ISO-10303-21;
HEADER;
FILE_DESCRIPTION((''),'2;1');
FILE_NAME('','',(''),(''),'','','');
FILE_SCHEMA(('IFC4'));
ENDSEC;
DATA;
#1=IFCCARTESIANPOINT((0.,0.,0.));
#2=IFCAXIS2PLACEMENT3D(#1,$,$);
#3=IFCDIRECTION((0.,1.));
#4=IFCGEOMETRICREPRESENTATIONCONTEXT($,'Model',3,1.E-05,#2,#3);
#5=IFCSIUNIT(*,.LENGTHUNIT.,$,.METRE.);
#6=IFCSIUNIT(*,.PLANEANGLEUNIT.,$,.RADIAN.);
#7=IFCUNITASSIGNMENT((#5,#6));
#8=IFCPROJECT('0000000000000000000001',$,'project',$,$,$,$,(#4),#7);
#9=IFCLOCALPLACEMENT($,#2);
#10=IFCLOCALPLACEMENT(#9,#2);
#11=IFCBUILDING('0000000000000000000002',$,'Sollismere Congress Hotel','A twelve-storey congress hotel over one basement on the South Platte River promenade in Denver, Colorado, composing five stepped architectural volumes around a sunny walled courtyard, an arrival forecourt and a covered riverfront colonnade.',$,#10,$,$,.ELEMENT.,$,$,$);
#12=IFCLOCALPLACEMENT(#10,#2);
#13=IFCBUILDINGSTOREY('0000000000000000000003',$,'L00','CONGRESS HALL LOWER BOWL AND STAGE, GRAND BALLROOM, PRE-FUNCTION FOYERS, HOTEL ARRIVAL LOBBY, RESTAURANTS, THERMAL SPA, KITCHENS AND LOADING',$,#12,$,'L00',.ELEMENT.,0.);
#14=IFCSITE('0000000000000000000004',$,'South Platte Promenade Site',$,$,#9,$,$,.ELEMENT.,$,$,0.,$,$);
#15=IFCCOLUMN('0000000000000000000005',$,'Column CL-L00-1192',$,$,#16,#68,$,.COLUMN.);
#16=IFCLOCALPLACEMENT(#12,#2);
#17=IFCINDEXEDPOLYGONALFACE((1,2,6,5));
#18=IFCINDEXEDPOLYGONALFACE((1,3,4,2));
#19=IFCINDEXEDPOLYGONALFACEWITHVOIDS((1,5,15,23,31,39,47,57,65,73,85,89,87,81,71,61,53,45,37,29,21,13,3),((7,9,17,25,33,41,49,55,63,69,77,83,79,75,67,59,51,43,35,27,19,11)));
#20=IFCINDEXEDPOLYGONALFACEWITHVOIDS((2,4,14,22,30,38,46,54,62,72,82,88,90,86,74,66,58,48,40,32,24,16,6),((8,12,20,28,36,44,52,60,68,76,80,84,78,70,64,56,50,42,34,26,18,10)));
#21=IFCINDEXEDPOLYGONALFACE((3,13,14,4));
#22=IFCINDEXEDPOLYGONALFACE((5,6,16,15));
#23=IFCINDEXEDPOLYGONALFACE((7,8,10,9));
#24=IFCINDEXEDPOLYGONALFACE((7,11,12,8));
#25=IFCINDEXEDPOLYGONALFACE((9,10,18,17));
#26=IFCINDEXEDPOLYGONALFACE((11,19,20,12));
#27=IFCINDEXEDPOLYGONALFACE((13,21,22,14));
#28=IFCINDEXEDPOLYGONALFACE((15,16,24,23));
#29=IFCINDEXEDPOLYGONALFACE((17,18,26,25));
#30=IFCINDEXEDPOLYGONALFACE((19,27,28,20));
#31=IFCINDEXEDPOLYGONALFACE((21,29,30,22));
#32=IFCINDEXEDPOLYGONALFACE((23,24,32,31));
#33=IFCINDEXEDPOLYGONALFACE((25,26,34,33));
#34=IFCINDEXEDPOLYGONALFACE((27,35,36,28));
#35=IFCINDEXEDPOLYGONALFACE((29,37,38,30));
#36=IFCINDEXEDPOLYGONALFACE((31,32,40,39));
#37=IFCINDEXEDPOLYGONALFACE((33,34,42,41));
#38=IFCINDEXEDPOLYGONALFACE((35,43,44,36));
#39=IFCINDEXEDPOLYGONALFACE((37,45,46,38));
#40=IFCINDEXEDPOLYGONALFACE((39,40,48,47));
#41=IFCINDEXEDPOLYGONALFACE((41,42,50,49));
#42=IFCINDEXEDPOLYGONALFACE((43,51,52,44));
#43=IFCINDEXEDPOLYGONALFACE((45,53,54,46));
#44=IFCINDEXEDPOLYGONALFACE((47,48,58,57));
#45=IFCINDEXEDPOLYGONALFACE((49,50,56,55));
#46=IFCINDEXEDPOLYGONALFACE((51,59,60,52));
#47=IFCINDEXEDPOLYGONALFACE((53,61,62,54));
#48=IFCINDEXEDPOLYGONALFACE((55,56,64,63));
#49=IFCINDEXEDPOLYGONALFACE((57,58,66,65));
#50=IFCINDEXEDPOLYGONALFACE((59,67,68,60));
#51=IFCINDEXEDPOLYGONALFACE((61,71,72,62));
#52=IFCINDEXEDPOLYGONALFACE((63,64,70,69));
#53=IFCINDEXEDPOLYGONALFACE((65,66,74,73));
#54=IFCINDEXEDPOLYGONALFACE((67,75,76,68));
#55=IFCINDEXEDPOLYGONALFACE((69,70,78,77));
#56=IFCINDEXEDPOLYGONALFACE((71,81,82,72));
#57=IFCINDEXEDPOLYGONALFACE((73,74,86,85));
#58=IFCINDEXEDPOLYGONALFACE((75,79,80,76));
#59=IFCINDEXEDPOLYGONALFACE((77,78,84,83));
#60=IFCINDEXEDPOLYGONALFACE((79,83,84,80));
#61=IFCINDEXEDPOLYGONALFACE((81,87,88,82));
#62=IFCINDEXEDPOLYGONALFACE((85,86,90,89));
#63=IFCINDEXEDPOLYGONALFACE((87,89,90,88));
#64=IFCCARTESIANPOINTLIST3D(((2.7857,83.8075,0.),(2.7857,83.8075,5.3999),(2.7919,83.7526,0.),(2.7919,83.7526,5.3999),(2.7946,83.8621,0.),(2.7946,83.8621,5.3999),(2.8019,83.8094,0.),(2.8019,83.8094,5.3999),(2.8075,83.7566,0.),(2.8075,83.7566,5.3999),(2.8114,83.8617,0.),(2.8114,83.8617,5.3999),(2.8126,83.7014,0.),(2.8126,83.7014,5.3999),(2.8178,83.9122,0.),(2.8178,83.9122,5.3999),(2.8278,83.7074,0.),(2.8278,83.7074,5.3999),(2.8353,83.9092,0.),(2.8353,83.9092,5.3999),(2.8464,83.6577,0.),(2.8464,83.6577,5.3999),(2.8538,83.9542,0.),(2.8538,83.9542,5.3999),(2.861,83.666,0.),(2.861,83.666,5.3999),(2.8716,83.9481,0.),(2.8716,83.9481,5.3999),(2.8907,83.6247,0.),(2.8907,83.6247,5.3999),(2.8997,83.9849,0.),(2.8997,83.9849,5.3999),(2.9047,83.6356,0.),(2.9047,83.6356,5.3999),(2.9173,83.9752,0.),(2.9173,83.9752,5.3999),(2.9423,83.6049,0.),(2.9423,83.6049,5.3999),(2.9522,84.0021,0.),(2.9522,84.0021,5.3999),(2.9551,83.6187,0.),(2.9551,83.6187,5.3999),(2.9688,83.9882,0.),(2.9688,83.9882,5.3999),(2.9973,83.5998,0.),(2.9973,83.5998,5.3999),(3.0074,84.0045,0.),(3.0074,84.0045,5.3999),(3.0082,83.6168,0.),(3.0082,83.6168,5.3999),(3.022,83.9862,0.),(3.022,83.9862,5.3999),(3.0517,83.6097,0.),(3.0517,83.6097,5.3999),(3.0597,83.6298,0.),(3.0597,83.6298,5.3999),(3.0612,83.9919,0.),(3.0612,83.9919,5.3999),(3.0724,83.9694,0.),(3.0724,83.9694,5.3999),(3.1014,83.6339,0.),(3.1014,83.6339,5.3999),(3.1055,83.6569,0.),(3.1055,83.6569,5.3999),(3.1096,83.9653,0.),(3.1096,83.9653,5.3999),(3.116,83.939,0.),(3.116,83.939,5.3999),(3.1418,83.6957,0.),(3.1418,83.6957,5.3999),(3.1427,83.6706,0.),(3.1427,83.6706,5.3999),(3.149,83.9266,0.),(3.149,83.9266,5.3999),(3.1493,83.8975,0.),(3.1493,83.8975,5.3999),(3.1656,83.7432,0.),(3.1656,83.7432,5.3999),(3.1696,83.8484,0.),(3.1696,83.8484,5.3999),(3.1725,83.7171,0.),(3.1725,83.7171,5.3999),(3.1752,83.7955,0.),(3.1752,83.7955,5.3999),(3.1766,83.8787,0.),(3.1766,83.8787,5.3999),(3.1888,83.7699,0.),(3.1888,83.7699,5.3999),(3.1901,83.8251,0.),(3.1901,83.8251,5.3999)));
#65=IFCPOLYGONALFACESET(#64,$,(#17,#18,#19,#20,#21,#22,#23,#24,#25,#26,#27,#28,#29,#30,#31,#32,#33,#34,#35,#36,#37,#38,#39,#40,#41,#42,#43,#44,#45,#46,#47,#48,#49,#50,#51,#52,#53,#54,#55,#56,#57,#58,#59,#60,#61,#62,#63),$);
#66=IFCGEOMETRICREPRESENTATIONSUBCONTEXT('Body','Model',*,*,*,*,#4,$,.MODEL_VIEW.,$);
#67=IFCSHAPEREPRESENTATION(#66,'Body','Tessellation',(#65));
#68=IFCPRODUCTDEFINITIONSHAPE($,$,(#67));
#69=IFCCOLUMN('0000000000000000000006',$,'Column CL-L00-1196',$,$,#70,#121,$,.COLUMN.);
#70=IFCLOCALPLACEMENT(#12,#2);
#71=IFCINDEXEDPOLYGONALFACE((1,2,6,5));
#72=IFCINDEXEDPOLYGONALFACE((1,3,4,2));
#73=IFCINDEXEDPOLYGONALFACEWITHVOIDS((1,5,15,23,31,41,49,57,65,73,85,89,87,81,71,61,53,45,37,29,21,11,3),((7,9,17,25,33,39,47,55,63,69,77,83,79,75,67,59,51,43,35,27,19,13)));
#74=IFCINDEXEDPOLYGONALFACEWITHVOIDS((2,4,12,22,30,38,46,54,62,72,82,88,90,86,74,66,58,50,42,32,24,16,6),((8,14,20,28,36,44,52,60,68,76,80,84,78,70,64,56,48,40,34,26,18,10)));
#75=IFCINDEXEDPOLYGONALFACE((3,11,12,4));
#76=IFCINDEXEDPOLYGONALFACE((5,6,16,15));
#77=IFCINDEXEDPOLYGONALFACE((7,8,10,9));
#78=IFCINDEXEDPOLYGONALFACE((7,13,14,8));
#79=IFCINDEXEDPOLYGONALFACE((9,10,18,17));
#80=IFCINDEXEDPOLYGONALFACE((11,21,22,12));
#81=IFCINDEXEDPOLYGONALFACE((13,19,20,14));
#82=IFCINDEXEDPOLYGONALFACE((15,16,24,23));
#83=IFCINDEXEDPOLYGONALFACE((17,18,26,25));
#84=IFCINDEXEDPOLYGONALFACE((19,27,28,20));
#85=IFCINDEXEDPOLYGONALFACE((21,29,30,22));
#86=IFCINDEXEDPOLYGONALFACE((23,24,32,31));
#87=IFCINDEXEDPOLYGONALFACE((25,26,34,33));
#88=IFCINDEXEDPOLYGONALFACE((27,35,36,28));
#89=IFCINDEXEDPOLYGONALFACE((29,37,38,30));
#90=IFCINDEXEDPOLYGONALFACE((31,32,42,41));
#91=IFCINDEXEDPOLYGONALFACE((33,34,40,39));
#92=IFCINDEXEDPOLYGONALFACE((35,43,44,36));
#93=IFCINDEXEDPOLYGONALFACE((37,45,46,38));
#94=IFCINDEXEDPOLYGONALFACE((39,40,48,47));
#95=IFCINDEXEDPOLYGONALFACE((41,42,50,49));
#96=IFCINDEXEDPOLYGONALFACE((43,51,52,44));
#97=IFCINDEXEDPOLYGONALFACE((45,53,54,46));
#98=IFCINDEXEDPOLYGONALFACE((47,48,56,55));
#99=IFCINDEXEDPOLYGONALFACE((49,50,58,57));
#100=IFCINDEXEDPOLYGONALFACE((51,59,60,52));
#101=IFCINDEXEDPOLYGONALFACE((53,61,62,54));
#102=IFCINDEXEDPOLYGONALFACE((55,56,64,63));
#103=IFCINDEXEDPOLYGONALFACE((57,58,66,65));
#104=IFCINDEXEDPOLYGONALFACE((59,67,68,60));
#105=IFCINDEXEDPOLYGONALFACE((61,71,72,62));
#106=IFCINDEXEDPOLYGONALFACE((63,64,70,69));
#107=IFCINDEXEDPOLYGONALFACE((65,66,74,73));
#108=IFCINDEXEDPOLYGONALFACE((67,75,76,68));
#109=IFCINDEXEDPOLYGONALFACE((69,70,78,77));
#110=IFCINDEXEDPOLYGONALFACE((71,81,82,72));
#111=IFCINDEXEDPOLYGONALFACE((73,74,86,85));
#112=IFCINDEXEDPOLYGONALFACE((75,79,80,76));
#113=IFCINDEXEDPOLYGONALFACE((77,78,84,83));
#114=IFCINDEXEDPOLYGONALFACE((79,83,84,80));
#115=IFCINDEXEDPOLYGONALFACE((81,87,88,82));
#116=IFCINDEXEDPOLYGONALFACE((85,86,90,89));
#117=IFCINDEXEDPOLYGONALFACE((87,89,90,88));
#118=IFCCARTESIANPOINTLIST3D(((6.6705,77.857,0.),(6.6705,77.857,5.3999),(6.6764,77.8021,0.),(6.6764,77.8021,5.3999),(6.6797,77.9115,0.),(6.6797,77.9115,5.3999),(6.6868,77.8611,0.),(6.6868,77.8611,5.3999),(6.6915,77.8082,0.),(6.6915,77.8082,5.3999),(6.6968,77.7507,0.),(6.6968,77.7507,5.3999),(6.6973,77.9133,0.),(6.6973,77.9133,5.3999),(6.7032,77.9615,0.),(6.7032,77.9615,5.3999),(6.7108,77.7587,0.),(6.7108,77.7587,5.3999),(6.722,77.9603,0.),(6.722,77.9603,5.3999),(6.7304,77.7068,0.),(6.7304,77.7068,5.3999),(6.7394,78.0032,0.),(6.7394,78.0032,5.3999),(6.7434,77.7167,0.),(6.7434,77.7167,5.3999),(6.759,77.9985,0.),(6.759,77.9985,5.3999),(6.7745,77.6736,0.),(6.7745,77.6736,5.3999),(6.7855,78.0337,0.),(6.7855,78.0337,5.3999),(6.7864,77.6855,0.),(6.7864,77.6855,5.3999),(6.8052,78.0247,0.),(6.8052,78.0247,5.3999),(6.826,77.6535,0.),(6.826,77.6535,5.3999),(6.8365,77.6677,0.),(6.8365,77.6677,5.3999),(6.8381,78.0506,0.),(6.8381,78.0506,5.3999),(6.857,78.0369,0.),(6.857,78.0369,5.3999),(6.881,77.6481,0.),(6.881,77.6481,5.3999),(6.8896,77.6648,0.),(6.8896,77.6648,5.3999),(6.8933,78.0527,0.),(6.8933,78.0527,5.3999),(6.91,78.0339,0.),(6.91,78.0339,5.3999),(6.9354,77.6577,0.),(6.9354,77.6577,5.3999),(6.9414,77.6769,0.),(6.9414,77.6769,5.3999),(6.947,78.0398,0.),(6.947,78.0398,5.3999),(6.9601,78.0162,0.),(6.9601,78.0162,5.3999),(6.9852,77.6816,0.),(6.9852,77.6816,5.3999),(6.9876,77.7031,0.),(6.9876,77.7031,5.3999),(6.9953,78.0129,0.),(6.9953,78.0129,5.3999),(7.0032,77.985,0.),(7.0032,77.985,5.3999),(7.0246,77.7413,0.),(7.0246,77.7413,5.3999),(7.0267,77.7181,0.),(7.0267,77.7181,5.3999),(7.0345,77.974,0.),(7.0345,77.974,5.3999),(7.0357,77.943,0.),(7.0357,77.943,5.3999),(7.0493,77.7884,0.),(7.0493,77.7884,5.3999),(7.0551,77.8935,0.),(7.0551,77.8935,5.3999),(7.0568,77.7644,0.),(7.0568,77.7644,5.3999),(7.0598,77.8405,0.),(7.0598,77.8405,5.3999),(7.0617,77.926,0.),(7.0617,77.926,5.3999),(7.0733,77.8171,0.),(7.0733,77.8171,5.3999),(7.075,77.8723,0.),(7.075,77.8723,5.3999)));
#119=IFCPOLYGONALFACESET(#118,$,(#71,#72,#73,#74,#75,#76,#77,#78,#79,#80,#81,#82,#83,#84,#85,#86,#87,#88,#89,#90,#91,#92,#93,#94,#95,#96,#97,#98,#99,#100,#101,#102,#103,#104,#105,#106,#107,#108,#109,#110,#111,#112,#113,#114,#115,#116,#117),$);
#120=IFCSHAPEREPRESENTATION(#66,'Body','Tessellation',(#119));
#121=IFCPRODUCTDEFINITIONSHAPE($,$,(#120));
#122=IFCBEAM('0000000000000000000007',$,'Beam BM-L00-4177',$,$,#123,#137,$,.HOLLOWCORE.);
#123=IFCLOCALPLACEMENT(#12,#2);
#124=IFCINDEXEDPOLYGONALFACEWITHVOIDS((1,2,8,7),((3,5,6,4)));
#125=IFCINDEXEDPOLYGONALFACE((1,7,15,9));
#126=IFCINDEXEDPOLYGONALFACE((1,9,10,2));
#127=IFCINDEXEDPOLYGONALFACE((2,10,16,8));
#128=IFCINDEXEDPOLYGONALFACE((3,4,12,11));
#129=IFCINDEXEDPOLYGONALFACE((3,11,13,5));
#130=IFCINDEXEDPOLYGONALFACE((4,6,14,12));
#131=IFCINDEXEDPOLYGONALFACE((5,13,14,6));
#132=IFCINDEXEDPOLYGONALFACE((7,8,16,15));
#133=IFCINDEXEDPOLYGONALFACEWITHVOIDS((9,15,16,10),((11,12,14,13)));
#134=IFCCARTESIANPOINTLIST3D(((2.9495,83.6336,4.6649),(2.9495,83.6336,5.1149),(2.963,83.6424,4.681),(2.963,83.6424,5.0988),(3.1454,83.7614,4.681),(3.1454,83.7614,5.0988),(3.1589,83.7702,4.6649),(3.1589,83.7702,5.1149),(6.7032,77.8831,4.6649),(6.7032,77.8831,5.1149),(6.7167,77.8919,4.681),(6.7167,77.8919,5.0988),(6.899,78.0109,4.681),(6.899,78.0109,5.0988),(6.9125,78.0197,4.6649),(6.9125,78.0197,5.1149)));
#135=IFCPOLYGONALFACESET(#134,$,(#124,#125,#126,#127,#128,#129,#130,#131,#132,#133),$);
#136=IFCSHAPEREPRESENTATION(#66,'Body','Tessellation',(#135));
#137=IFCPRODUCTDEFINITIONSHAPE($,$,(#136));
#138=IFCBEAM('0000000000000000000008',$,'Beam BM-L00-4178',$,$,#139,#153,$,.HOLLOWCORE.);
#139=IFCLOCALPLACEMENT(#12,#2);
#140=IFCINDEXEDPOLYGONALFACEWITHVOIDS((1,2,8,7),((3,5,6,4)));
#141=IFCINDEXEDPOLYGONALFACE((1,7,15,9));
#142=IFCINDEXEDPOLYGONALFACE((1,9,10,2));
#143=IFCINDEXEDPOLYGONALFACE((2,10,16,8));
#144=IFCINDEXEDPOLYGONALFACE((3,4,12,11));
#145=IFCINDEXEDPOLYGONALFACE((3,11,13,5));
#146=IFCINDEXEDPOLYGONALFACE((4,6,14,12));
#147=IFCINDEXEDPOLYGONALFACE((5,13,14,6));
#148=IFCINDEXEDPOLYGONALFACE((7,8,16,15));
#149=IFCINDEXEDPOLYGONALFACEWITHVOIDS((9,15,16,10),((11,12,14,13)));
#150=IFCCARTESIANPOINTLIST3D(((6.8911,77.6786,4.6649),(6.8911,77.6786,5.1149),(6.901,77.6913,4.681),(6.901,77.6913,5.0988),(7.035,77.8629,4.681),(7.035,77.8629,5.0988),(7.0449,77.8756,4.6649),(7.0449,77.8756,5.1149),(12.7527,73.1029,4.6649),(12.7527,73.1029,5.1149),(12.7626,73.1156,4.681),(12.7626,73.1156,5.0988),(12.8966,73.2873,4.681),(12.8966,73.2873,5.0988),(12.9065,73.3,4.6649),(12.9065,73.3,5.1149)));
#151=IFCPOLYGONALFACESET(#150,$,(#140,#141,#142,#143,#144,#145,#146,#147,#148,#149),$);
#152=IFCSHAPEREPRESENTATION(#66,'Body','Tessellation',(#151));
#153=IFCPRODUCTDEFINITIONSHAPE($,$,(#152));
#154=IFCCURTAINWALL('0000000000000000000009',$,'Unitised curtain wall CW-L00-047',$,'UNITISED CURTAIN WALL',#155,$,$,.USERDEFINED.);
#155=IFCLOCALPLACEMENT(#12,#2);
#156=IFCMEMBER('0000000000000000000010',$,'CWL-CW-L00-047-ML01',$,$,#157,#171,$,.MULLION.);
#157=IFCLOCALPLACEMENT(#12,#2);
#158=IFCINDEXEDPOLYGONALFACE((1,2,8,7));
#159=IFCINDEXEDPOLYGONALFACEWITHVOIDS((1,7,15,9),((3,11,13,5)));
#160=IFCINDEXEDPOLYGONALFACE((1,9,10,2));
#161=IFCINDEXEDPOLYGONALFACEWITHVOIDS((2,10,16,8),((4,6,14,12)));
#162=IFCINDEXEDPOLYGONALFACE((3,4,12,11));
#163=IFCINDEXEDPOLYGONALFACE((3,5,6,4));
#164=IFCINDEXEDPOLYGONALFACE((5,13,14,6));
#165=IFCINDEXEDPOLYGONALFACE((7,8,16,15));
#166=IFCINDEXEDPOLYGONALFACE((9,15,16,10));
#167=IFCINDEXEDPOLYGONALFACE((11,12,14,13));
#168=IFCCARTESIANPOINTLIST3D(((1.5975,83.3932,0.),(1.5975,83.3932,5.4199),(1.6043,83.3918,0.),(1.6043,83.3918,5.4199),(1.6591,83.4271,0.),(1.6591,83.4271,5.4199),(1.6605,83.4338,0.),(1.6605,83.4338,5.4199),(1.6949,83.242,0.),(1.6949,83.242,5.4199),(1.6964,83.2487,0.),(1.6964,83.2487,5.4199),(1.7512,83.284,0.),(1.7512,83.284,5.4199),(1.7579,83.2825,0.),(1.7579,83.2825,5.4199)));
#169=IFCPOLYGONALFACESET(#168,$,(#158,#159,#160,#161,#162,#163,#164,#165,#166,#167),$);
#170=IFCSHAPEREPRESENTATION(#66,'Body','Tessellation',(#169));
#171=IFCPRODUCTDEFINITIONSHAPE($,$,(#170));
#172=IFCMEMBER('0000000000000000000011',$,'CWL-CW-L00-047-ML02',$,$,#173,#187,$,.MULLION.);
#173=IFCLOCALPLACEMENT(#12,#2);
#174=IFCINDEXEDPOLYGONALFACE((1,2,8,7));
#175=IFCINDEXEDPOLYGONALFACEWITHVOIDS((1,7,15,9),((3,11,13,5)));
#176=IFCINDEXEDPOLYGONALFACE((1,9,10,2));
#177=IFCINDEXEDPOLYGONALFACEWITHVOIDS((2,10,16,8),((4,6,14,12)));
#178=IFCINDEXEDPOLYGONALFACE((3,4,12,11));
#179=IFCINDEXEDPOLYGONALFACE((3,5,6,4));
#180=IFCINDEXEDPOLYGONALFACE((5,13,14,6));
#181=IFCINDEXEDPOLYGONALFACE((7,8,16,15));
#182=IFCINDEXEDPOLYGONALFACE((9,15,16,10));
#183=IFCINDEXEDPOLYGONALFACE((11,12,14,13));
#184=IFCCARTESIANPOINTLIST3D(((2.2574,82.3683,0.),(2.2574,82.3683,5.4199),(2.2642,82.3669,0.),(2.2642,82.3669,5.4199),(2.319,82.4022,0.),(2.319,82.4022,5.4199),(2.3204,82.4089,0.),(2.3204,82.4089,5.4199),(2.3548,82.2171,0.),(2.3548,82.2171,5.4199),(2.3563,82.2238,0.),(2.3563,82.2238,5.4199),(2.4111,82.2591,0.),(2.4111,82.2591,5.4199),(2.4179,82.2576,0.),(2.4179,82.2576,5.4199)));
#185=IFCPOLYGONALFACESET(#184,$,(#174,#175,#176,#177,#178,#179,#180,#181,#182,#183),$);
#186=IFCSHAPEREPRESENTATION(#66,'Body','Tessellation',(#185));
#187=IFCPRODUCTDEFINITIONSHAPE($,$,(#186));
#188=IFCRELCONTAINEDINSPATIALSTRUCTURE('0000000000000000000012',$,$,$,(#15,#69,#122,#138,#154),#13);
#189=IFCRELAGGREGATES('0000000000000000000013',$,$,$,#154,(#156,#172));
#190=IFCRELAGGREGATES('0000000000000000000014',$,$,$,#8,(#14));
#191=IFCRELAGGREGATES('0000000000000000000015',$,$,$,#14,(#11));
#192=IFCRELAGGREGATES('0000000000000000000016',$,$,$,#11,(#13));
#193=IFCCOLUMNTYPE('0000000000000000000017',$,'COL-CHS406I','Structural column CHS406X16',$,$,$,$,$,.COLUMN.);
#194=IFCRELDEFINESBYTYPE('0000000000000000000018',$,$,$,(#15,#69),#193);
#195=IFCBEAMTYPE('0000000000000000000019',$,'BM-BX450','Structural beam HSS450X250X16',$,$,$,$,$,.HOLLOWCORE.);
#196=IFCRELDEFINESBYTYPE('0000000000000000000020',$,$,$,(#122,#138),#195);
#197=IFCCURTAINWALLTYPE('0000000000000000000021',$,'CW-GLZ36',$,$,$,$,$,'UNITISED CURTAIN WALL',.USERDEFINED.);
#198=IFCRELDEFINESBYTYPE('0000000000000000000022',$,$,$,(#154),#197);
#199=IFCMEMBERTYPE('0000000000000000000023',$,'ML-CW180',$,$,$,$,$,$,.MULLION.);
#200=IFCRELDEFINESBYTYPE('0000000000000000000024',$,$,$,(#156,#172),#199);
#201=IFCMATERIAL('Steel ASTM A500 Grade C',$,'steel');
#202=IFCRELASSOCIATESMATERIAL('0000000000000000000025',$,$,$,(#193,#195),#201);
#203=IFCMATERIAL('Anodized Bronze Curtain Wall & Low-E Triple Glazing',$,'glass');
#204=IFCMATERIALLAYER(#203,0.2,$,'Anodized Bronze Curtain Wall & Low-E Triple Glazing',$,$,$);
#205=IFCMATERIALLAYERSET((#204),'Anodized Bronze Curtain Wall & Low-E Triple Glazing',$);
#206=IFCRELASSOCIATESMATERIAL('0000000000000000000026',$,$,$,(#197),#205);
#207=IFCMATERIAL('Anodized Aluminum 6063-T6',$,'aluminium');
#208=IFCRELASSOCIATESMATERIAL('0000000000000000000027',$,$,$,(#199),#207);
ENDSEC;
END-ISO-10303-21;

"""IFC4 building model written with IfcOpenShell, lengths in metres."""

from ifc_helpers import new_model, si_unit, direction, frame, origin, origin_2d, place, context, subcontext, project, spatial, hollow_rectangle, hollow_circle, extrude, material, layer, layer_set, material_profile, profile_set, type_object, element, aggregate, save


model = new_model("IFC4")

# Units and contexts
model_context = context("Model", 3, precision=1e-05, world=origin(), true_north=direction((0.0, 1.0)))
body_context = subcontext(model_context, "Body", "Model", "MODEL_VIEW")
ifc_project = project(units=[si_unit("LENGTHUNIT", "METRE"), si_unit("PLANEANGLEUNIT", "RADIAN")], contexts=[model_context])

# Site, building, storey
site_placement = place(None, origin())
site = spatial("IfcSite", under=ifc_project, at=site_placement, Name="South Platte Promenade Site", CompositionType="ELEMENT", RefElevation=0.0)
building_placement = place(site_placement, origin())
building = spatial("IfcBuilding", under=site, at=building_placement, Name="Sollismere Congress Hotel", Description="A twelve-storey congress hotel over one basement on the South Platte River promenade in Denver, Colorado, composing five stepped architectural volumes around a sunny walled courtyard, an arrival forecourt and a covered riverfront colonnade.", CompositionType="ELEMENT")
storey_placement = place(building_placement, origin())
storey = spatial("IfcBuildingStorey", under=building, at=storey_placement, Name="L00", Description="CONGRESS HALL LOWER BOWL AND STAGE, GRAND BALLROOM, PRE-FUNCTION FOYERS, HOTEL ARRIVAL LOBBY, RESTAURANTS, THERMAL SPA, KITCHENS AND LOADING", LongName="L00", CompositionType="ELEMENT", Elevation=0.0)

# Columns
ifc_material_1 = material(Name="Steel ASTM A500 Grade C", Category="steel")
ifc_material_profile_1 = material_profile(ifc_material_1, hollow_circle(Radius=0.2029, WallThickness=0.0161, at=origin_2d()), Name="CHS406X16")
ifc_profile_set_1 = profile_set([ifc_material_profile_1], Name="Steel ASTM A500 Grade C")
column_type = type_object("IfcColumnType", Name="COL-CHS406I", Description="Structural column CHS406X16", PredefinedType="COLUMN", material=ifc_profile_set_1)
for number, where, z_axis, x_axis, name in (
    (1, (2.9885, 83.8025, 0.0), (0.0, 0.0, 1.0), (-0.969317, -0.245815, 0.0), "Column CL-L00-1192"),
    (2, (6.8733, 77.8508, 0.0), (0.0, 0.0, 1.0), (-0.86984, -0.493335, 0.0), "Column CL-L00-1196"),
):
    element("IfcColumn", number, at=place(storey_placement, frame(where, z_axis=z_axis, x_axis=x_axis)), inside=storey, type_object=column_type, Name=name, PredefinedType="COLUMN", context=body_context, shape_type="SweptSolid", body=[
        extrude(hollow_circle(Radius=0.2029, WallThickness=0.0161, at=origin_2d()), origin(), (0.0, 0.0, 1.0), 5.3999),
    ])

# Beams
ifc_material_profile_2 = material_profile(ifc_material_1, hollow_rectangle(XDim=0.25, YDim=0.45, WallThickness=0.0161, at=origin_2d()), Name="HSS450X250X16")
ifc_profile_set_2 = profile_set([ifc_material_profile_2], Name="Steel ASTM A500 Grade C")
beam_type = type_object("IfcBeamType", Name="BM-BX450", Description="Structural beam HSS450X250X16", PredefinedType="HOLLOWCORE", material=ifc_profile_set_2)
beam_1_placement = place(storey_placement, frame((3.0542, 83.7019, 4.8899), z_axis=(0.546609, -0.837388, 0.0), x_axis=(0.837388, 0.546609, 0.0)))
element("IfcBeam", 3, at=beam_1_placement, inside=storey, type_object=beam_type, Name="Beam BM-L00-4177", PredefinedType="HOLLOWCORE", context=body_context, shape_type="SweptSolid", body=[
    extrude(hollow_rectangle(XDim=0.25, YDim=0.45, WallThickness=0.0161, at=origin_2d()), origin(), (0.0, 0.0, 1.0), 6.8672),
])
beam_2_placement = place(storey_placement, frame((6.968, 77.7771, 4.8899), z_axis=(0.788264, -0.615338, 0.0), x_axis=(0.615338, 0.788264, 0.0)))
element("IfcBeam", 4, at=beam_2_placement, inside=storey, type_object=beam_type, Name="Beam BM-L00-4178", PredefinedType="HOLLOWCORE", context=body_context, shape_type="SweptSolid", body=[
    extrude(hollow_rectangle(XDim=0.25, YDim=0.45, WallThickness=0.0161, at=origin_2d()), origin(), (0.0, 0.0, 1.0), 7.436),
])

# Curtain wall, members
ifc_material_2 = material(Name="Anodized Bronze Curtain Wall & Low-E Triple Glazing", Category="glass")
ifc_layer_1 = layer(ifc_material_2, 0.2, Name="Anodized Bronze Curtain Wall & Low-E Triple Glazing")
ifc_layer_set_1 = layer_set([ifc_layer_1], Name="Anodized Bronze Curtain Wall & Low-E Triple Glazing")
curtain_wall_type = type_object("IfcCurtainWallType", Name="CW-GLZ36", ElementType="UNITISED CURTAIN WALL", PredefinedType="USERDEFINED", material=ifc_layer_set_1)
curtain_wall_1_placement = place(storey_placement, origin())
curtain_wall_1 = element("IfcCurtainWall", 5, at=curtain_wall_1_placement, inside=storey, type_object=curtain_wall_type, Name="Unitised curtain wall CW-L00-047", ObjectType="UNITISED CURTAIN WALL", PredefinedType="USERDEFINED")
ifc_material_3 = material(Name="Anodized Aluminum 6063-T6", Category="aluminium")
ifc_material_profile_3 = material_profile(ifc_material_3, hollow_rectangle(XDim=0.075, YDim=0.1799, WallThickness=0.0049, at=origin_2d()), Name="ALU180X75X5")
ifc_profile_set_3 = profile_set([ifc_material_profile_3], Name="Anodized Aluminum 6063-T6")
member_type_1 = type_object("IfcMemberType", Name="ML-CW180", PredefinedType="MULLION", material=ifc_profile_set_3)
member_1_placement = place(storey_placement, frame((1.6777, 83.3379, 0.0), z_axis=(0.0, 0.0, 1.0), x_axis=(0.840775, 0.541385, 0.0)))
member_1 = element("IfcMember", 6, at=member_1_placement, type_object=member_type_1, Name="CWL-CW-L00-047-ML01", PredefinedType="MULLION", context=body_context, shape_type="SweptSolid", body=[
    extrude(hollow_rectangle(XDim=0.075, YDim=0.1799, WallThickness=0.0049, at=origin_2d()), origin(), (0.0, 0.0, 1.0), 5.4199),
])
member_2_placement = place(storey_placement, frame((2.3376, 82.313, 0.0), z_axis=(0.0, 0.0, 1.0), x_axis=(0.840775, 0.541385, 0.0)))
member_2 = element("IfcMember", 7, at=member_2_placement, type_object=member_type_1, Name="CWL-CW-L00-047-ML02", PredefinedType="MULLION", context=body_context, shape_type="SweptSolid", body=[
    extrude(hollow_rectangle(XDim=0.075, YDim=0.1799, WallThickness=0.0049, at=origin_2d()), origin(), (0.0, 0.0, 1.0), 5.4199),
])

aggregate(curtain_wall_1, [member_1, member_2])

save(model, "model.ifc")
